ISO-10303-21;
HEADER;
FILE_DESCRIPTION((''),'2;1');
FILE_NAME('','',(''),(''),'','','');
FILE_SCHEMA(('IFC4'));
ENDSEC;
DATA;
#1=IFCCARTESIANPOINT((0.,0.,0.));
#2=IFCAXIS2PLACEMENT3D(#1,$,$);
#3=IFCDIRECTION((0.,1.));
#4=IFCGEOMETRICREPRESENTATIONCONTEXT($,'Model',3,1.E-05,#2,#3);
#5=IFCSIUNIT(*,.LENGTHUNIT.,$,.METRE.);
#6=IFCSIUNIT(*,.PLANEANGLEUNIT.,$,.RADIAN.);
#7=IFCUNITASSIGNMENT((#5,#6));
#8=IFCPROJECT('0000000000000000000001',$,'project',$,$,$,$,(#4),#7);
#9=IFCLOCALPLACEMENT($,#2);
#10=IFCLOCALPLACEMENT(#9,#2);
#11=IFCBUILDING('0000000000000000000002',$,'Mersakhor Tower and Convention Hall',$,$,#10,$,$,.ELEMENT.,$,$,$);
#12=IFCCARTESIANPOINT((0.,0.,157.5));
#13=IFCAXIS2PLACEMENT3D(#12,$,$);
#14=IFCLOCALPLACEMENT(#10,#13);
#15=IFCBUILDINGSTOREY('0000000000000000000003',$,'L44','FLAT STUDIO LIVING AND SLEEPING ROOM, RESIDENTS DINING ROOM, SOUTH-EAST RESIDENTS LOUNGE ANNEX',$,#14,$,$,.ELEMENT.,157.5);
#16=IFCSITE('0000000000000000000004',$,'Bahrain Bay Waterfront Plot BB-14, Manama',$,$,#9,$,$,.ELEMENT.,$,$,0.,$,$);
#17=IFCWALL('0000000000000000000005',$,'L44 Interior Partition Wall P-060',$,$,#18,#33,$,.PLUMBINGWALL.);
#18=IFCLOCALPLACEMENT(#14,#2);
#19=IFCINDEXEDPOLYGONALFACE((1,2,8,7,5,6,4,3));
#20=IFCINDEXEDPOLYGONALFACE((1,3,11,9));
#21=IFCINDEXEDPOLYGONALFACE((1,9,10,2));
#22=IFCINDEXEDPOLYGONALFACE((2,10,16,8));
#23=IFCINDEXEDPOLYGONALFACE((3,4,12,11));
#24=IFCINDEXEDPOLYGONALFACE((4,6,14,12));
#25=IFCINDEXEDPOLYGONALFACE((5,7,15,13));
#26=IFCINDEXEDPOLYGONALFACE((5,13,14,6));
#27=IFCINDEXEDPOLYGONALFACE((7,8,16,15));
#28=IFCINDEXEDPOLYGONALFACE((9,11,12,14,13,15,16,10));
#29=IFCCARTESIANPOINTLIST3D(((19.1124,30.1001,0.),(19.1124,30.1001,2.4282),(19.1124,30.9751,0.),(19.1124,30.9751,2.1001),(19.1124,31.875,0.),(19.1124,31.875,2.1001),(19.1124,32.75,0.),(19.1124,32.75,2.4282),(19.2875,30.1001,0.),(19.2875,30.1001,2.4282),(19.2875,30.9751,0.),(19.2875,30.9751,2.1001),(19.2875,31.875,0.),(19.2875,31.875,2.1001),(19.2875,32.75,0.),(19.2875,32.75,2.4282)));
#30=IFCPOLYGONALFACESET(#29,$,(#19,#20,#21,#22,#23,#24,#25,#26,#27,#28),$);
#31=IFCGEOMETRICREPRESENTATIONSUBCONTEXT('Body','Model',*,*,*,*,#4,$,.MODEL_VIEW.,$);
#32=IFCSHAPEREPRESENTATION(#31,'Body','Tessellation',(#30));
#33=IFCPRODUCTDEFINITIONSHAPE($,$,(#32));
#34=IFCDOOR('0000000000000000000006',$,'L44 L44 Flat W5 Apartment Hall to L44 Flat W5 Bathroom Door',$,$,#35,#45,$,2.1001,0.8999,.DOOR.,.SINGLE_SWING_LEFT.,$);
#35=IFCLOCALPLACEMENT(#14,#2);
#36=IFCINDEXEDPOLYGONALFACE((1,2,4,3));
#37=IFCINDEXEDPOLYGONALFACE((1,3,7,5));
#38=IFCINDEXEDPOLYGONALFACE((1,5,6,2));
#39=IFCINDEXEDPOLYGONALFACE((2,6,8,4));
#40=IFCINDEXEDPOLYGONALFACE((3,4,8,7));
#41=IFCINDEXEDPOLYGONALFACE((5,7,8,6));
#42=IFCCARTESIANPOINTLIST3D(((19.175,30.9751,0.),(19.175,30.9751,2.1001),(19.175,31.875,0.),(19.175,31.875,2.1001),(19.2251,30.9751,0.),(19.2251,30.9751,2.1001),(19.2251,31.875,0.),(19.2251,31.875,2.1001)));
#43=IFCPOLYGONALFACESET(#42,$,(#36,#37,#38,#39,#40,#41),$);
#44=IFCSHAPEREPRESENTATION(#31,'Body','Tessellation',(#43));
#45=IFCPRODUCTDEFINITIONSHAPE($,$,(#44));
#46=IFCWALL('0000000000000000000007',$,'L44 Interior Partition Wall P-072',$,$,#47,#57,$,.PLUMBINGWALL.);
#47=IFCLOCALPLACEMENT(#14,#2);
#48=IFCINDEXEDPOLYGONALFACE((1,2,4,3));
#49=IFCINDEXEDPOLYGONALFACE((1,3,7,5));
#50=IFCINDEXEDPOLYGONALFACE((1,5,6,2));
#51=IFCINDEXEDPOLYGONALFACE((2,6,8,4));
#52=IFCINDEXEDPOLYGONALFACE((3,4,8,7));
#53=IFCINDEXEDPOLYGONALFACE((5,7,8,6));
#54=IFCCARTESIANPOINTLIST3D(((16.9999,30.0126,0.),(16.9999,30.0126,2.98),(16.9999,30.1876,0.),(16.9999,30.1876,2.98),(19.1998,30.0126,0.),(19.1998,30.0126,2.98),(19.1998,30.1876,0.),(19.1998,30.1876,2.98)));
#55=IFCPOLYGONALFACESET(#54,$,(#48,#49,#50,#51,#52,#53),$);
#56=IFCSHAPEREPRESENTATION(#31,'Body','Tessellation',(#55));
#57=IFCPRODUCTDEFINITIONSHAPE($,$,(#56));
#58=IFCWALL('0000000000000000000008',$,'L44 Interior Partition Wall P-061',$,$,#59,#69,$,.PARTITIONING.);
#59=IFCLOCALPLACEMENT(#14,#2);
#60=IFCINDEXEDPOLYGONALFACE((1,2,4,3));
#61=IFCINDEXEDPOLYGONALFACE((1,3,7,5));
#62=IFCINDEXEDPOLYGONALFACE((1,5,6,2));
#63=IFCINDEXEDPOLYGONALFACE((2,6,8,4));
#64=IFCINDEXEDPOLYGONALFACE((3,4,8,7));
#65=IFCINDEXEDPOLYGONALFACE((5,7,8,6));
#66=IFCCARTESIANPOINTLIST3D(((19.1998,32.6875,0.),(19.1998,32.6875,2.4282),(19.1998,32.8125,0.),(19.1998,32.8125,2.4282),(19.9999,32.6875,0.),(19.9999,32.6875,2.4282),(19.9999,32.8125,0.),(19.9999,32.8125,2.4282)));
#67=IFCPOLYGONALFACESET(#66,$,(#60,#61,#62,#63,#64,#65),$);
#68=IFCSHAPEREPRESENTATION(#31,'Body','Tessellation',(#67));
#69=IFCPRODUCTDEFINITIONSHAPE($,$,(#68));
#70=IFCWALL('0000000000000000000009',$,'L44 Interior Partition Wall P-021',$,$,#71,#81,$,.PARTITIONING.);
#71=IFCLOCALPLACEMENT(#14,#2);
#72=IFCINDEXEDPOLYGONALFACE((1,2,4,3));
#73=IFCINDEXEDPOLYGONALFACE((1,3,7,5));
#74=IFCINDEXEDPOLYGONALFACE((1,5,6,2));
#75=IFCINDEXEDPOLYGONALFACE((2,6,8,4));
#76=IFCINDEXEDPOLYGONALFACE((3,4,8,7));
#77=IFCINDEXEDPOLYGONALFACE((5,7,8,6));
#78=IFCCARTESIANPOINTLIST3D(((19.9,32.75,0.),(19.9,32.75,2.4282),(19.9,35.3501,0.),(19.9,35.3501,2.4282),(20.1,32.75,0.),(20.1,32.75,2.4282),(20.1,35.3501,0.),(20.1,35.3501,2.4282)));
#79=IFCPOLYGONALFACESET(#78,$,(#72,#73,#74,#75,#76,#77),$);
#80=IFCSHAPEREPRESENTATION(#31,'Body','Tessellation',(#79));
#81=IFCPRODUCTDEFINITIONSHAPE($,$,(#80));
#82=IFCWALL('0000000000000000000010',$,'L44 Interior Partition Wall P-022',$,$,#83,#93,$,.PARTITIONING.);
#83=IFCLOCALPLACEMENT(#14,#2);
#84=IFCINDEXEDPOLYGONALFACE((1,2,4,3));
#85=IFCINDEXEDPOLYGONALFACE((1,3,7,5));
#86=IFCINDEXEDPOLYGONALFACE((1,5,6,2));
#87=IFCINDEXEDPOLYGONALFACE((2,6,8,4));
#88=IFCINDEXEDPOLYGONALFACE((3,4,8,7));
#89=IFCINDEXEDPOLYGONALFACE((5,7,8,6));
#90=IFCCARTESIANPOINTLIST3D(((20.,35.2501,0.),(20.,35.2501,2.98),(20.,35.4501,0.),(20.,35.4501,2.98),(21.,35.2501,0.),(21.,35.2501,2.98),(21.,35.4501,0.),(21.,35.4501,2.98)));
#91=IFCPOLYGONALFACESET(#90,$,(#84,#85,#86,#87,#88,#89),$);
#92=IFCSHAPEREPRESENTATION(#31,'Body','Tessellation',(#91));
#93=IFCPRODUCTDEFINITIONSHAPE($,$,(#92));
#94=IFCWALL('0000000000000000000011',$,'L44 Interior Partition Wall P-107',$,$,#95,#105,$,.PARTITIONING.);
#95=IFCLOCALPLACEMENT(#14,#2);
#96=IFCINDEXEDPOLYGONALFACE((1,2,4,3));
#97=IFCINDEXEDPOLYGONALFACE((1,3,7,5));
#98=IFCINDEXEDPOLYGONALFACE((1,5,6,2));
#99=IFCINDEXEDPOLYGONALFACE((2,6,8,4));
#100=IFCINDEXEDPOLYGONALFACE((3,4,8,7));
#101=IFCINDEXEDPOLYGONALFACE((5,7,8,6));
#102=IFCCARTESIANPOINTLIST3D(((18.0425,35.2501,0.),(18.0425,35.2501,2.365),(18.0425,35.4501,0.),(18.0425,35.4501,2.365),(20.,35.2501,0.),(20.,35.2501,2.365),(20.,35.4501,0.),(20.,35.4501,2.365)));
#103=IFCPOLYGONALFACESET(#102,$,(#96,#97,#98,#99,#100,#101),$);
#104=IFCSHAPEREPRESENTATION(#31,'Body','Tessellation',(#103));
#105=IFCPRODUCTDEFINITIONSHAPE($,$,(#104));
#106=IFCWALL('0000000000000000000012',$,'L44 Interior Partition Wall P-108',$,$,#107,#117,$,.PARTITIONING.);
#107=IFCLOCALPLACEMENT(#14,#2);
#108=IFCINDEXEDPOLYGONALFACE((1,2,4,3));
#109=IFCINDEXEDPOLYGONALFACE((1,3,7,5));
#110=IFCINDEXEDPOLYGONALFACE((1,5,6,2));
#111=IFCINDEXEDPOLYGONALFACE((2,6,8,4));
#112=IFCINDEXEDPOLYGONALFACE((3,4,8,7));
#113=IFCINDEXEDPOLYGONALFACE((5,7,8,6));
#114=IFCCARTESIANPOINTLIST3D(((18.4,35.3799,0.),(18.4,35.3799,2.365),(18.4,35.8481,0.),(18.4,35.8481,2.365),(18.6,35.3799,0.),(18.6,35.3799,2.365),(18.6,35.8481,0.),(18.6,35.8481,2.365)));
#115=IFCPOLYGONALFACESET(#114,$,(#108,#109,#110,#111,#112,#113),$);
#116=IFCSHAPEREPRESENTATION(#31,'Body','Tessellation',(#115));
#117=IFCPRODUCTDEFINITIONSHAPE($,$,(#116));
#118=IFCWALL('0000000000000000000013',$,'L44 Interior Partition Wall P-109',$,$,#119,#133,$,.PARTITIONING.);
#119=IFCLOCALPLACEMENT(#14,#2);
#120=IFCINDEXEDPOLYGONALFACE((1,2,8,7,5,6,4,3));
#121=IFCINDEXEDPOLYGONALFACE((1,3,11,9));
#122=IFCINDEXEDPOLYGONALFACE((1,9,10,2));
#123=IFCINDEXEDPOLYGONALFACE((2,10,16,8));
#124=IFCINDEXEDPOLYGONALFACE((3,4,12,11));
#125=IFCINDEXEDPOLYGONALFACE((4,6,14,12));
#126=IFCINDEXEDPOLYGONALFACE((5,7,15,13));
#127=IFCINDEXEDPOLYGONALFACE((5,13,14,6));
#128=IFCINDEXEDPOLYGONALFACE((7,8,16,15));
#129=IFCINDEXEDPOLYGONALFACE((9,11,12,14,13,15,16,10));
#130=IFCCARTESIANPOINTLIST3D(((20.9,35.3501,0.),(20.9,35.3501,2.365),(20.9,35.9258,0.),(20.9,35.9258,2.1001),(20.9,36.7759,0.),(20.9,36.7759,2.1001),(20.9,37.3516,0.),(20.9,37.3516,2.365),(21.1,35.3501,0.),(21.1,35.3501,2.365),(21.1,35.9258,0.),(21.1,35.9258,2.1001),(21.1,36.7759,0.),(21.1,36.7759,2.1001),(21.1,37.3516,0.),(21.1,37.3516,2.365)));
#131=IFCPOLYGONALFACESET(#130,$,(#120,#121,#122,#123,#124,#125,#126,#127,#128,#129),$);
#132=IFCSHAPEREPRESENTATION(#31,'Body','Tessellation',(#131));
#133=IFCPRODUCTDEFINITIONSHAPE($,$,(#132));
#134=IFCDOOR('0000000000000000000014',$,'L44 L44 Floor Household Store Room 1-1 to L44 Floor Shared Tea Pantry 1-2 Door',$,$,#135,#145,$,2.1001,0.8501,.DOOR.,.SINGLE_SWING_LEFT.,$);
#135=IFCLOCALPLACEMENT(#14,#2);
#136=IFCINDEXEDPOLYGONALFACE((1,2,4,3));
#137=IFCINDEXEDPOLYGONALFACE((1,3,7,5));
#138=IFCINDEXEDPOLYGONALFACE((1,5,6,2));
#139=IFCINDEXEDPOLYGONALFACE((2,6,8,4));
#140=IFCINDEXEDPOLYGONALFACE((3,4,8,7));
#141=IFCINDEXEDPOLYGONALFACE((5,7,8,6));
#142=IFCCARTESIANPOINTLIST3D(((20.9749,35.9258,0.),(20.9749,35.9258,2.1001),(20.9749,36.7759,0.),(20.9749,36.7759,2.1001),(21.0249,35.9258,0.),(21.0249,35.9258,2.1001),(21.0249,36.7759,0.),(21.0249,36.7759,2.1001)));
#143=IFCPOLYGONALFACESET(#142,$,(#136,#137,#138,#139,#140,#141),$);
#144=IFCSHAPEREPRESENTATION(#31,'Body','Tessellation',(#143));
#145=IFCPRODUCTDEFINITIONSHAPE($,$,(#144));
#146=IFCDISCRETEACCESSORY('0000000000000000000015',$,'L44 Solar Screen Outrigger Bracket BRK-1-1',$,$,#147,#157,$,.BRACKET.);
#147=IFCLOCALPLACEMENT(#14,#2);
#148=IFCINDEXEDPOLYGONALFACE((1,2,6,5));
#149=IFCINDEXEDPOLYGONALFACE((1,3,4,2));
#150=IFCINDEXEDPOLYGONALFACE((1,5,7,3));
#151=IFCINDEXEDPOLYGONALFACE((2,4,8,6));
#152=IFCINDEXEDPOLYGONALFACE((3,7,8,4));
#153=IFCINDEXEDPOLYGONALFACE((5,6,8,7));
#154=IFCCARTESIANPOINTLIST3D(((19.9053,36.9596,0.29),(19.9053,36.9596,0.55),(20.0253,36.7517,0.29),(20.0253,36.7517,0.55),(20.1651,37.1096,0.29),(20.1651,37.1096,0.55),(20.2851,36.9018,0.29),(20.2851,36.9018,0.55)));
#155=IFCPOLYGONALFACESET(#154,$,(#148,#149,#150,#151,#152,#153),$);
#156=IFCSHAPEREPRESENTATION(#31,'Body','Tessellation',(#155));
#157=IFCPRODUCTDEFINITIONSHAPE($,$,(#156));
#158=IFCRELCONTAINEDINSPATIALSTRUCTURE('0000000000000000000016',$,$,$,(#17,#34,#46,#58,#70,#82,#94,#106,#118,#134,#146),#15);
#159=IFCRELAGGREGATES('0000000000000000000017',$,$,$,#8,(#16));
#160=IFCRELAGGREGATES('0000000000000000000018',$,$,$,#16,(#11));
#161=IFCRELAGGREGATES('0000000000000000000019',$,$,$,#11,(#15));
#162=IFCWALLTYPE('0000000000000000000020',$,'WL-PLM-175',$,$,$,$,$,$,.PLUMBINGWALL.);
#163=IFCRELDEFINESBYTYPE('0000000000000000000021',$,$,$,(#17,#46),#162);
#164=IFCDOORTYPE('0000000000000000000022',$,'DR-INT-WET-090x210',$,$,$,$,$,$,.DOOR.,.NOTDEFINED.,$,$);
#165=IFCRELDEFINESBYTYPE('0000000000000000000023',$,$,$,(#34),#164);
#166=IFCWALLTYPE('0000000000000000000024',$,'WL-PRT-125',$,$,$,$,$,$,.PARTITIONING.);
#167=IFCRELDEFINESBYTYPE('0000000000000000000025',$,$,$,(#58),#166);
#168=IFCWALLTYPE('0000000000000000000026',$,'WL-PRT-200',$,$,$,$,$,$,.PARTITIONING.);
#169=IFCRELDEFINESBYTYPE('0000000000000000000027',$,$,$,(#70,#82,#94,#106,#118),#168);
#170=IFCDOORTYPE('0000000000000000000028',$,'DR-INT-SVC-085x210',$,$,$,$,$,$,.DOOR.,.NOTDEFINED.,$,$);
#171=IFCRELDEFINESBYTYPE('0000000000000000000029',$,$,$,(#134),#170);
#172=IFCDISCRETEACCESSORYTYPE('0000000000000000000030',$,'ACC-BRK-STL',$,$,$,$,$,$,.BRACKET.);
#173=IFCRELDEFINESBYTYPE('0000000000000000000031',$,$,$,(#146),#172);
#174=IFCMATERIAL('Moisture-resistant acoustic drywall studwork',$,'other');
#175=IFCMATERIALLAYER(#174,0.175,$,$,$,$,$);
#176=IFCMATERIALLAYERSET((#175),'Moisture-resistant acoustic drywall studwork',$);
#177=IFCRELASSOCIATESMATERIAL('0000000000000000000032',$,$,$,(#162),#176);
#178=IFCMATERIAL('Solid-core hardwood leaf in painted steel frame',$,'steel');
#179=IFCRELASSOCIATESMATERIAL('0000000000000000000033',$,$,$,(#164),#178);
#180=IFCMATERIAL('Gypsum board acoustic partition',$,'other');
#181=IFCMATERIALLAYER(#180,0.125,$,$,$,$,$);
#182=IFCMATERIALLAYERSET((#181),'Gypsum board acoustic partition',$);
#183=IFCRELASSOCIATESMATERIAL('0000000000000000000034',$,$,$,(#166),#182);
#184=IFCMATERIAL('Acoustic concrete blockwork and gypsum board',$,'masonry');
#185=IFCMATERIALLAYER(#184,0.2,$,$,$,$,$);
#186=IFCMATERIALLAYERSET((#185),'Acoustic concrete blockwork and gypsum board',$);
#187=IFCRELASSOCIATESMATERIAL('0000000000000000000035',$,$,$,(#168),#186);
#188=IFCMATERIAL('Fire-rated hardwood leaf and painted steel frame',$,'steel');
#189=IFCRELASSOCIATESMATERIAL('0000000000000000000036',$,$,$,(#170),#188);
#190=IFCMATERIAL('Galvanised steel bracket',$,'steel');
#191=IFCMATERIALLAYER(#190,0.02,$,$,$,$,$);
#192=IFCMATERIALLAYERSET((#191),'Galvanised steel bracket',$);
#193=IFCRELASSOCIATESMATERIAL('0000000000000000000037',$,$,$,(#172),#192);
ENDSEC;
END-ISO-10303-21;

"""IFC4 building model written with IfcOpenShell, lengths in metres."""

from ifc_helpers import new_model, si_unit, direction, frame, frame_2d, origin, origin_2d, place, context, subcontext, project, spatial, rectangle, extrude, material, layer, layer_set, type_object, element, fill, save


model = new_model("IFC4")

# Units and contexts
model_context = context("Model", 3, precision=1e-05, world=origin(), true_north=direction((0.0, 1.0)))
body_context = subcontext(model_context, "Body", "Model", "MODEL_VIEW")
ifc_project = project(units=[si_unit("LENGTHUNIT", "METRE"), si_unit("PLANEANGLEUNIT", "RADIAN")], contexts=[model_context])

# Site, building, storey
site_placement = place(None, origin())
site = spatial("IfcSite", under=ifc_project, at=site_placement, Name="Bahrain Bay Waterfront Plot BB-14, Manama", CompositionType="ELEMENT", RefElevation=0.0)
building_placement = place(site_placement, origin())
building = spatial("IfcBuilding", under=site, at=building_placement, Name="Mersakhor Tower and Convention Hall", CompositionType="ELEMENT")
storey_placement = place(building_placement, frame((0.0, 0.0, 157.5)))
storey = spatial("IfcBuildingStorey", under=building, at=storey_placement, Name="L44", Description="FLAT STUDIO LIVING AND SLEEPING ROOM, RESIDENTS DINING ROOM, SOUTH-EAST RESIDENTS LOUNGE ANNEX", CompositionType="ELEMENT", Elevation=157.5)

# Wall, opening, door
ifc_material_1 = material(Name="Moisture-resistant acoustic drywall studwork", Category="other")
ifc_layer_1 = layer(ifc_material_1, 0.175)
ifc_layer_set_1 = layer_set([ifc_layer_1], Name="Moisture-resistant acoustic drywall studwork")
wall_type_1 = type_object("IfcWallType", Name="WL-PLM-175", PredefinedType="PLUMBINGWALL", material=ifc_layer_set_1)
wall_1_placement = place(storey_placement, frame((19.2, 30.1001, 0.0), z_axis=(0.0, 0.0, 1.0), x_axis=(0.0, 1.0, 0.0)))
wall_1 = element("IfcWall", 1, at=wall_1_placement, inside=storey, type_object=wall_type_1, Name="L44 Interior Partition Wall P-060", PredefinedType="PLUMBINGWALL", context=body_context, shape_type="SweptSolid", body=[
    extrude(rectangle(XDim=2.6499, YDim=0.175, at=frame_2d((1.325, 0.0))), origin(), (0.0, 0.0, 1.0), 2.4282),
])
opening_1_placement = place(wall_1_placement, frame((0.875, 0.0, 0.0)))
opening_1 = element("IfcOpeningElement", 2, at=opening_1_placement, cuts=wall_1, PredefinedType="OPENING", context=body_context, shape_type="SweptSolid", body=[
    extrude(rectangle(XDim=0.8999, YDim=2.1001, at=frame_2d((0.45, 1.05))), frame((0.0, 0.0974, 0.0), z_axis=(0.0, -1.0, 0.0), x_axis=(1.0, 0.0, 0.0)), (0.0, 0.0, 1.0), 0.1951),
])
ifc_material_2 = material(Name="Solid-core hardwood leaf in painted steel frame", Category="steel")
door_type_1 = type_object("IfcDoorType", Name="DR-INT-WET-090x210", OperationType="NOTDEFINED", PredefinedType="DOOR", material=ifc_material_2)
door_1_placement = place(opening_1_placement, origin())
door_1 = element("IfcDoor", 3, at=door_1_placement, inside=storey, type_object=door_type_1, Name="L44 L44 Flat W5 Apartment Hall to L44 Flat W5 Bathroom Door", OperationType="SINGLE_SWING_LEFT", OverallHeight=2.1001, OverallWidth=0.8999, PredefinedType="DOOR", context=body_context, shape_type="SweptSolid", body=[
    extrude(rectangle(XDim=0.8999, YDim=2.1001, at=frame_2d((0.45, 1.05))), frame((0.0, 0.0249, 0.0), z_axis=(0.0, -1.0, 0.0), x_axis=(1.0, 0.0, 0.0)), (0.0, 0.0, 1.0), 0.05),
])
fill(opening_1, door_1)

# Walls
wall_2_placement = place(storey_placement, frame((19.2, 30.1001, 0.0), z_axis=(0.0, 0.0, 1.0), x_axis=(-1.0, 0.0, 0.0)))
element("IfcWall", 4, at=wall_2_placement, inside=storey, type_object=wall_type_1, Name="L44 Interior Partition Wall P-072", PredefinedType="PLUMBINGWALL", context=body_context, shape_type="SweptSolid", body=[
    extrude(rectangle(XDim=2.2, YDim=0.175, at=frame_2d((1.1001, 0.0))), origin(), (0.0, 0.0, 1.0), 2.98),
])
ifc_material_3 = material(Name="Gypsum board acoustic partition", Category="other")
ifc_layer_2 = layer(ifc_material_3, 0.125)
ifc_layer_set_2 = layer_set([ifc_layer_2], Name="Gypsum board acoustic partition")
wall_type_2 = type_object("IfcWallType", Name="WL-PRT-125", PredefinedType="PARTITIONING", material=ifc_layer_set_2)
wall_3_placement = place(storey_placement, frame((19.2, 32.75, 0.0), z_axis=(0.0, 0.0, 1.0), x_axis=(1.0, 0.0, 0.0)))
element("IfcWall", 5, at=wall_3_placement, inside=storey, type_object=wall_type_2, Name="L44 Interior Partition Wall P-061", PredefinedType="PARTITIONING", context=body_context, shape_type="SweptSolid", body=[
    extrude(rectangle(XDim=0.8, YDim=0.125, at=frame_2d((0.3999, 0.0))), origin(), (0.0, 0.0, 1.0), 2.4282),
])
ifc_material_4 = material(Name="Acoustic concrete blockwork and gypsum board", Category="masonry")
ifc_layer_3 = layer(ifc_material_4, 0.2)
ifc_layer_set_3 = layer_set([ifc_layer_3], Name="Acoustic concrete blockwork and gypsum board")
wall_type_3 = type_object("IfcWallType", Name="WL-PRT-200", PredefinedType="PARTITIONING", material=ifc_layer_set_3)
wall_4_placement = place(storey_placement, frame((20.0, 32.75, 0.0), z_axis=(0.0, 0.0, 1.0), x_axis=(0.0, 1.0, 0.0)))
element("IfcWall", 6, at=wall_4_placement, inside=storey, type_object=wall_type_3, Name="L44 Interior Partition Wall P-021", PredefinedType="PARTITIONING", context=body_context, shape_type="SweptSolid", body=[
    extrude(rectangle(XDim=2.6001, YDim=0.2, at=frame_2d((1.3, 0.0))), origin(), (0.0, 0.0, 1.0), 2.4282),
])
wall_5_placement = place(storey_placement, frame((20.0, 35.3501, 0.0), z_axis=(0.0, 0.0, 1.0), x_axis=(1.0, 0.0, 0.0)))
element("IfcWall", 7, at=wall_5_placement, inside=storey, type_object=wall_type_3, Name="L44 Interior Partition Wall P-022", PredefinedType="PARTITIONING", context=body_context, shape_type="SweptSolid", body=[
    extrude(rectangle(XDim=1.0, YDim=0.2, at=frame_2d((0.5, 0.0))), origin(), (0.0, 0.0, 1.0), 2.98),
])

# Walls
wall_6_placement = place(storey_placement, frame((20.0, 35.3501, 0.0), z_axis=(0.0, 0.0, 1.0), x_axis=(-1.0, 0.0, 0.0)))
element("IfcWall", 8, at=wall_6_placement, inside=storey, type_object=wall_type_3, Name="L44 Interior Partition Wall P-107", PredefinedType="PARTITIONING", context=body_context, shape_type="SweptSolid", body=[
    extrude(rectangle(XDim=1.9575, YDim=0.2, at=frame_2d((0.9788, 0.0))), origin(), (0.0, 0.0, 1.0), 2.365),
])
wall_7_placement = place(storey_placement, frame((18.5, 35.3799, 0.0), z_axis=(0.0, 0.0, 1.0), x_axis=(0.0, 1.0, 0.0)))
element("IfcWall", 9, at=wall_7_placement, inside=storey, type_object=wall_type_3, Name="L44 Interior Partition Wall P-108", PredefinedType="PARTITIONING", context=body_context, shape_type="SweptSolid", body=[
    extrude(rectangle(XDim=0.4683, YDim=0.2, at=frame_2d((0.2341, 0.0))), origin(), (0.0, 0.0, 1.0), 2.365),
])

# Wall, opening, door
wall_8_placement = place(storey_placement, frame((21.0, 37.3516, 0.0), z_axis=(0.0, 0.0, 1.0), x_axis=(0.0, -1.0, 0.0)))
wall_8 = element("IfcWall", 10, at=wall_8_placement, inside=storey, type_object=wall_type_3, Name="L44 Interior Partition Wall P-109", PredefinedType="PARTITIONING", context=body_context, shape_type="SweptSolid", body=[
    extrude(rectangle(XDim=2.0015, YDim=0.2, at=frame_2d((1.0007, 0.0))), origin(), (0.0, 0.0, 1.0), 2.365),
])
opening_2_placement = place(wall_8_placement, frame((0.5757, 0.0, 0.0)))
opening_2 = element("IfcOpeningElement", 11, at=opening_2_placement, cuts=wall_8, PredefinedType="OPENING", context=body_context, shape_type="SweptSolid", body=[
    extrude(rectangle(XDim=0.8501, YDim=2.1001, at=frame_2d((0.425, 1.05))), frame((0.0, 0.1099, 0.0), z_axis=(0.0, -1.0, 0.0), x_axis=(1.0, 0.0, 0.0)), (0.0, 0.0, 1.0), 0.22),
])
ifc_material_5 = material(Name="Fire-rated hardwood leaf and painted steel frame", Category="steel")
door_type_2 = type_object("IfcDoorType", Name="DR-INT-SVC-085x210", OperationType="NOTDEFINED", PredefinedType="DOOR", material=ifc_material_5)
door_2_placement = place(opening_2_placement, origin())
door_2 = element("IfcDoor", 12, at=door_2_placement, inside=storey, type_object=door_type_2, Name="L44 L44 Floor Household Store Room 1-1 to L44 Floor Shared Tea Pantry 1-2 Door", OperationType="SINGLE_SWING_LEFT", OverallHeight=2.1001, OverallWidth=0.8501, PredefinedType="DOOR", context=body_context, shape_type="SweptSolid", body=[
    extrude(rectangle(XDim=0.8501, YDim=2.1001, at=frame_2d((0.425, 1.05))), frame((0.0, 0.0249, 0.0), z_axis=(0.0, -1.0, 0.0), x_axis=(1.0, 0.0, 0.0)), (0.0, 0.0, 1.0), 0.05),
])
fill(opening_2, door_2)

# Discrete accessory
ifc_material_6 = material(Name="Galvanised steel bracket", Category="steel")
ifc_layer_4 = layer(ifc_material_6, 0.02)
ifc_layer_set_4 = layer_set([ifc_layer_4], Name="Galvanised steel bracket")
discrete_accessory_type = type_object("IfcDiscreteAccessoryType", Name="ACC-BRK-STL", PredefinedType="BRACKET", material=ifc_layer_set_4)
discrete_accessory_placement = place(storey_placement, frame((20.0952, 36.9307, 0.29), z_axis=(0.0, 0.0, 1.0), x_axis=(0.866025, 0.5, 0.0)))
element("IfcDiscreteAccessory", 13, at=discrete_accessory_placement, inside=storey, type_object=discrete_accessory_type, Name="L44 Solar Screen Outrigger Bracket BRK-1-1", PredefinedType="BRACKET", context=body_context, shape_type="SweptSolid", body=[
    extrude(rectangle(XDim=0.3, YDim=0.24, at=origin_2d()), origin(), (0.0, 0.0, 1.0), 0.26),
])

save(model, "model.ifc")
